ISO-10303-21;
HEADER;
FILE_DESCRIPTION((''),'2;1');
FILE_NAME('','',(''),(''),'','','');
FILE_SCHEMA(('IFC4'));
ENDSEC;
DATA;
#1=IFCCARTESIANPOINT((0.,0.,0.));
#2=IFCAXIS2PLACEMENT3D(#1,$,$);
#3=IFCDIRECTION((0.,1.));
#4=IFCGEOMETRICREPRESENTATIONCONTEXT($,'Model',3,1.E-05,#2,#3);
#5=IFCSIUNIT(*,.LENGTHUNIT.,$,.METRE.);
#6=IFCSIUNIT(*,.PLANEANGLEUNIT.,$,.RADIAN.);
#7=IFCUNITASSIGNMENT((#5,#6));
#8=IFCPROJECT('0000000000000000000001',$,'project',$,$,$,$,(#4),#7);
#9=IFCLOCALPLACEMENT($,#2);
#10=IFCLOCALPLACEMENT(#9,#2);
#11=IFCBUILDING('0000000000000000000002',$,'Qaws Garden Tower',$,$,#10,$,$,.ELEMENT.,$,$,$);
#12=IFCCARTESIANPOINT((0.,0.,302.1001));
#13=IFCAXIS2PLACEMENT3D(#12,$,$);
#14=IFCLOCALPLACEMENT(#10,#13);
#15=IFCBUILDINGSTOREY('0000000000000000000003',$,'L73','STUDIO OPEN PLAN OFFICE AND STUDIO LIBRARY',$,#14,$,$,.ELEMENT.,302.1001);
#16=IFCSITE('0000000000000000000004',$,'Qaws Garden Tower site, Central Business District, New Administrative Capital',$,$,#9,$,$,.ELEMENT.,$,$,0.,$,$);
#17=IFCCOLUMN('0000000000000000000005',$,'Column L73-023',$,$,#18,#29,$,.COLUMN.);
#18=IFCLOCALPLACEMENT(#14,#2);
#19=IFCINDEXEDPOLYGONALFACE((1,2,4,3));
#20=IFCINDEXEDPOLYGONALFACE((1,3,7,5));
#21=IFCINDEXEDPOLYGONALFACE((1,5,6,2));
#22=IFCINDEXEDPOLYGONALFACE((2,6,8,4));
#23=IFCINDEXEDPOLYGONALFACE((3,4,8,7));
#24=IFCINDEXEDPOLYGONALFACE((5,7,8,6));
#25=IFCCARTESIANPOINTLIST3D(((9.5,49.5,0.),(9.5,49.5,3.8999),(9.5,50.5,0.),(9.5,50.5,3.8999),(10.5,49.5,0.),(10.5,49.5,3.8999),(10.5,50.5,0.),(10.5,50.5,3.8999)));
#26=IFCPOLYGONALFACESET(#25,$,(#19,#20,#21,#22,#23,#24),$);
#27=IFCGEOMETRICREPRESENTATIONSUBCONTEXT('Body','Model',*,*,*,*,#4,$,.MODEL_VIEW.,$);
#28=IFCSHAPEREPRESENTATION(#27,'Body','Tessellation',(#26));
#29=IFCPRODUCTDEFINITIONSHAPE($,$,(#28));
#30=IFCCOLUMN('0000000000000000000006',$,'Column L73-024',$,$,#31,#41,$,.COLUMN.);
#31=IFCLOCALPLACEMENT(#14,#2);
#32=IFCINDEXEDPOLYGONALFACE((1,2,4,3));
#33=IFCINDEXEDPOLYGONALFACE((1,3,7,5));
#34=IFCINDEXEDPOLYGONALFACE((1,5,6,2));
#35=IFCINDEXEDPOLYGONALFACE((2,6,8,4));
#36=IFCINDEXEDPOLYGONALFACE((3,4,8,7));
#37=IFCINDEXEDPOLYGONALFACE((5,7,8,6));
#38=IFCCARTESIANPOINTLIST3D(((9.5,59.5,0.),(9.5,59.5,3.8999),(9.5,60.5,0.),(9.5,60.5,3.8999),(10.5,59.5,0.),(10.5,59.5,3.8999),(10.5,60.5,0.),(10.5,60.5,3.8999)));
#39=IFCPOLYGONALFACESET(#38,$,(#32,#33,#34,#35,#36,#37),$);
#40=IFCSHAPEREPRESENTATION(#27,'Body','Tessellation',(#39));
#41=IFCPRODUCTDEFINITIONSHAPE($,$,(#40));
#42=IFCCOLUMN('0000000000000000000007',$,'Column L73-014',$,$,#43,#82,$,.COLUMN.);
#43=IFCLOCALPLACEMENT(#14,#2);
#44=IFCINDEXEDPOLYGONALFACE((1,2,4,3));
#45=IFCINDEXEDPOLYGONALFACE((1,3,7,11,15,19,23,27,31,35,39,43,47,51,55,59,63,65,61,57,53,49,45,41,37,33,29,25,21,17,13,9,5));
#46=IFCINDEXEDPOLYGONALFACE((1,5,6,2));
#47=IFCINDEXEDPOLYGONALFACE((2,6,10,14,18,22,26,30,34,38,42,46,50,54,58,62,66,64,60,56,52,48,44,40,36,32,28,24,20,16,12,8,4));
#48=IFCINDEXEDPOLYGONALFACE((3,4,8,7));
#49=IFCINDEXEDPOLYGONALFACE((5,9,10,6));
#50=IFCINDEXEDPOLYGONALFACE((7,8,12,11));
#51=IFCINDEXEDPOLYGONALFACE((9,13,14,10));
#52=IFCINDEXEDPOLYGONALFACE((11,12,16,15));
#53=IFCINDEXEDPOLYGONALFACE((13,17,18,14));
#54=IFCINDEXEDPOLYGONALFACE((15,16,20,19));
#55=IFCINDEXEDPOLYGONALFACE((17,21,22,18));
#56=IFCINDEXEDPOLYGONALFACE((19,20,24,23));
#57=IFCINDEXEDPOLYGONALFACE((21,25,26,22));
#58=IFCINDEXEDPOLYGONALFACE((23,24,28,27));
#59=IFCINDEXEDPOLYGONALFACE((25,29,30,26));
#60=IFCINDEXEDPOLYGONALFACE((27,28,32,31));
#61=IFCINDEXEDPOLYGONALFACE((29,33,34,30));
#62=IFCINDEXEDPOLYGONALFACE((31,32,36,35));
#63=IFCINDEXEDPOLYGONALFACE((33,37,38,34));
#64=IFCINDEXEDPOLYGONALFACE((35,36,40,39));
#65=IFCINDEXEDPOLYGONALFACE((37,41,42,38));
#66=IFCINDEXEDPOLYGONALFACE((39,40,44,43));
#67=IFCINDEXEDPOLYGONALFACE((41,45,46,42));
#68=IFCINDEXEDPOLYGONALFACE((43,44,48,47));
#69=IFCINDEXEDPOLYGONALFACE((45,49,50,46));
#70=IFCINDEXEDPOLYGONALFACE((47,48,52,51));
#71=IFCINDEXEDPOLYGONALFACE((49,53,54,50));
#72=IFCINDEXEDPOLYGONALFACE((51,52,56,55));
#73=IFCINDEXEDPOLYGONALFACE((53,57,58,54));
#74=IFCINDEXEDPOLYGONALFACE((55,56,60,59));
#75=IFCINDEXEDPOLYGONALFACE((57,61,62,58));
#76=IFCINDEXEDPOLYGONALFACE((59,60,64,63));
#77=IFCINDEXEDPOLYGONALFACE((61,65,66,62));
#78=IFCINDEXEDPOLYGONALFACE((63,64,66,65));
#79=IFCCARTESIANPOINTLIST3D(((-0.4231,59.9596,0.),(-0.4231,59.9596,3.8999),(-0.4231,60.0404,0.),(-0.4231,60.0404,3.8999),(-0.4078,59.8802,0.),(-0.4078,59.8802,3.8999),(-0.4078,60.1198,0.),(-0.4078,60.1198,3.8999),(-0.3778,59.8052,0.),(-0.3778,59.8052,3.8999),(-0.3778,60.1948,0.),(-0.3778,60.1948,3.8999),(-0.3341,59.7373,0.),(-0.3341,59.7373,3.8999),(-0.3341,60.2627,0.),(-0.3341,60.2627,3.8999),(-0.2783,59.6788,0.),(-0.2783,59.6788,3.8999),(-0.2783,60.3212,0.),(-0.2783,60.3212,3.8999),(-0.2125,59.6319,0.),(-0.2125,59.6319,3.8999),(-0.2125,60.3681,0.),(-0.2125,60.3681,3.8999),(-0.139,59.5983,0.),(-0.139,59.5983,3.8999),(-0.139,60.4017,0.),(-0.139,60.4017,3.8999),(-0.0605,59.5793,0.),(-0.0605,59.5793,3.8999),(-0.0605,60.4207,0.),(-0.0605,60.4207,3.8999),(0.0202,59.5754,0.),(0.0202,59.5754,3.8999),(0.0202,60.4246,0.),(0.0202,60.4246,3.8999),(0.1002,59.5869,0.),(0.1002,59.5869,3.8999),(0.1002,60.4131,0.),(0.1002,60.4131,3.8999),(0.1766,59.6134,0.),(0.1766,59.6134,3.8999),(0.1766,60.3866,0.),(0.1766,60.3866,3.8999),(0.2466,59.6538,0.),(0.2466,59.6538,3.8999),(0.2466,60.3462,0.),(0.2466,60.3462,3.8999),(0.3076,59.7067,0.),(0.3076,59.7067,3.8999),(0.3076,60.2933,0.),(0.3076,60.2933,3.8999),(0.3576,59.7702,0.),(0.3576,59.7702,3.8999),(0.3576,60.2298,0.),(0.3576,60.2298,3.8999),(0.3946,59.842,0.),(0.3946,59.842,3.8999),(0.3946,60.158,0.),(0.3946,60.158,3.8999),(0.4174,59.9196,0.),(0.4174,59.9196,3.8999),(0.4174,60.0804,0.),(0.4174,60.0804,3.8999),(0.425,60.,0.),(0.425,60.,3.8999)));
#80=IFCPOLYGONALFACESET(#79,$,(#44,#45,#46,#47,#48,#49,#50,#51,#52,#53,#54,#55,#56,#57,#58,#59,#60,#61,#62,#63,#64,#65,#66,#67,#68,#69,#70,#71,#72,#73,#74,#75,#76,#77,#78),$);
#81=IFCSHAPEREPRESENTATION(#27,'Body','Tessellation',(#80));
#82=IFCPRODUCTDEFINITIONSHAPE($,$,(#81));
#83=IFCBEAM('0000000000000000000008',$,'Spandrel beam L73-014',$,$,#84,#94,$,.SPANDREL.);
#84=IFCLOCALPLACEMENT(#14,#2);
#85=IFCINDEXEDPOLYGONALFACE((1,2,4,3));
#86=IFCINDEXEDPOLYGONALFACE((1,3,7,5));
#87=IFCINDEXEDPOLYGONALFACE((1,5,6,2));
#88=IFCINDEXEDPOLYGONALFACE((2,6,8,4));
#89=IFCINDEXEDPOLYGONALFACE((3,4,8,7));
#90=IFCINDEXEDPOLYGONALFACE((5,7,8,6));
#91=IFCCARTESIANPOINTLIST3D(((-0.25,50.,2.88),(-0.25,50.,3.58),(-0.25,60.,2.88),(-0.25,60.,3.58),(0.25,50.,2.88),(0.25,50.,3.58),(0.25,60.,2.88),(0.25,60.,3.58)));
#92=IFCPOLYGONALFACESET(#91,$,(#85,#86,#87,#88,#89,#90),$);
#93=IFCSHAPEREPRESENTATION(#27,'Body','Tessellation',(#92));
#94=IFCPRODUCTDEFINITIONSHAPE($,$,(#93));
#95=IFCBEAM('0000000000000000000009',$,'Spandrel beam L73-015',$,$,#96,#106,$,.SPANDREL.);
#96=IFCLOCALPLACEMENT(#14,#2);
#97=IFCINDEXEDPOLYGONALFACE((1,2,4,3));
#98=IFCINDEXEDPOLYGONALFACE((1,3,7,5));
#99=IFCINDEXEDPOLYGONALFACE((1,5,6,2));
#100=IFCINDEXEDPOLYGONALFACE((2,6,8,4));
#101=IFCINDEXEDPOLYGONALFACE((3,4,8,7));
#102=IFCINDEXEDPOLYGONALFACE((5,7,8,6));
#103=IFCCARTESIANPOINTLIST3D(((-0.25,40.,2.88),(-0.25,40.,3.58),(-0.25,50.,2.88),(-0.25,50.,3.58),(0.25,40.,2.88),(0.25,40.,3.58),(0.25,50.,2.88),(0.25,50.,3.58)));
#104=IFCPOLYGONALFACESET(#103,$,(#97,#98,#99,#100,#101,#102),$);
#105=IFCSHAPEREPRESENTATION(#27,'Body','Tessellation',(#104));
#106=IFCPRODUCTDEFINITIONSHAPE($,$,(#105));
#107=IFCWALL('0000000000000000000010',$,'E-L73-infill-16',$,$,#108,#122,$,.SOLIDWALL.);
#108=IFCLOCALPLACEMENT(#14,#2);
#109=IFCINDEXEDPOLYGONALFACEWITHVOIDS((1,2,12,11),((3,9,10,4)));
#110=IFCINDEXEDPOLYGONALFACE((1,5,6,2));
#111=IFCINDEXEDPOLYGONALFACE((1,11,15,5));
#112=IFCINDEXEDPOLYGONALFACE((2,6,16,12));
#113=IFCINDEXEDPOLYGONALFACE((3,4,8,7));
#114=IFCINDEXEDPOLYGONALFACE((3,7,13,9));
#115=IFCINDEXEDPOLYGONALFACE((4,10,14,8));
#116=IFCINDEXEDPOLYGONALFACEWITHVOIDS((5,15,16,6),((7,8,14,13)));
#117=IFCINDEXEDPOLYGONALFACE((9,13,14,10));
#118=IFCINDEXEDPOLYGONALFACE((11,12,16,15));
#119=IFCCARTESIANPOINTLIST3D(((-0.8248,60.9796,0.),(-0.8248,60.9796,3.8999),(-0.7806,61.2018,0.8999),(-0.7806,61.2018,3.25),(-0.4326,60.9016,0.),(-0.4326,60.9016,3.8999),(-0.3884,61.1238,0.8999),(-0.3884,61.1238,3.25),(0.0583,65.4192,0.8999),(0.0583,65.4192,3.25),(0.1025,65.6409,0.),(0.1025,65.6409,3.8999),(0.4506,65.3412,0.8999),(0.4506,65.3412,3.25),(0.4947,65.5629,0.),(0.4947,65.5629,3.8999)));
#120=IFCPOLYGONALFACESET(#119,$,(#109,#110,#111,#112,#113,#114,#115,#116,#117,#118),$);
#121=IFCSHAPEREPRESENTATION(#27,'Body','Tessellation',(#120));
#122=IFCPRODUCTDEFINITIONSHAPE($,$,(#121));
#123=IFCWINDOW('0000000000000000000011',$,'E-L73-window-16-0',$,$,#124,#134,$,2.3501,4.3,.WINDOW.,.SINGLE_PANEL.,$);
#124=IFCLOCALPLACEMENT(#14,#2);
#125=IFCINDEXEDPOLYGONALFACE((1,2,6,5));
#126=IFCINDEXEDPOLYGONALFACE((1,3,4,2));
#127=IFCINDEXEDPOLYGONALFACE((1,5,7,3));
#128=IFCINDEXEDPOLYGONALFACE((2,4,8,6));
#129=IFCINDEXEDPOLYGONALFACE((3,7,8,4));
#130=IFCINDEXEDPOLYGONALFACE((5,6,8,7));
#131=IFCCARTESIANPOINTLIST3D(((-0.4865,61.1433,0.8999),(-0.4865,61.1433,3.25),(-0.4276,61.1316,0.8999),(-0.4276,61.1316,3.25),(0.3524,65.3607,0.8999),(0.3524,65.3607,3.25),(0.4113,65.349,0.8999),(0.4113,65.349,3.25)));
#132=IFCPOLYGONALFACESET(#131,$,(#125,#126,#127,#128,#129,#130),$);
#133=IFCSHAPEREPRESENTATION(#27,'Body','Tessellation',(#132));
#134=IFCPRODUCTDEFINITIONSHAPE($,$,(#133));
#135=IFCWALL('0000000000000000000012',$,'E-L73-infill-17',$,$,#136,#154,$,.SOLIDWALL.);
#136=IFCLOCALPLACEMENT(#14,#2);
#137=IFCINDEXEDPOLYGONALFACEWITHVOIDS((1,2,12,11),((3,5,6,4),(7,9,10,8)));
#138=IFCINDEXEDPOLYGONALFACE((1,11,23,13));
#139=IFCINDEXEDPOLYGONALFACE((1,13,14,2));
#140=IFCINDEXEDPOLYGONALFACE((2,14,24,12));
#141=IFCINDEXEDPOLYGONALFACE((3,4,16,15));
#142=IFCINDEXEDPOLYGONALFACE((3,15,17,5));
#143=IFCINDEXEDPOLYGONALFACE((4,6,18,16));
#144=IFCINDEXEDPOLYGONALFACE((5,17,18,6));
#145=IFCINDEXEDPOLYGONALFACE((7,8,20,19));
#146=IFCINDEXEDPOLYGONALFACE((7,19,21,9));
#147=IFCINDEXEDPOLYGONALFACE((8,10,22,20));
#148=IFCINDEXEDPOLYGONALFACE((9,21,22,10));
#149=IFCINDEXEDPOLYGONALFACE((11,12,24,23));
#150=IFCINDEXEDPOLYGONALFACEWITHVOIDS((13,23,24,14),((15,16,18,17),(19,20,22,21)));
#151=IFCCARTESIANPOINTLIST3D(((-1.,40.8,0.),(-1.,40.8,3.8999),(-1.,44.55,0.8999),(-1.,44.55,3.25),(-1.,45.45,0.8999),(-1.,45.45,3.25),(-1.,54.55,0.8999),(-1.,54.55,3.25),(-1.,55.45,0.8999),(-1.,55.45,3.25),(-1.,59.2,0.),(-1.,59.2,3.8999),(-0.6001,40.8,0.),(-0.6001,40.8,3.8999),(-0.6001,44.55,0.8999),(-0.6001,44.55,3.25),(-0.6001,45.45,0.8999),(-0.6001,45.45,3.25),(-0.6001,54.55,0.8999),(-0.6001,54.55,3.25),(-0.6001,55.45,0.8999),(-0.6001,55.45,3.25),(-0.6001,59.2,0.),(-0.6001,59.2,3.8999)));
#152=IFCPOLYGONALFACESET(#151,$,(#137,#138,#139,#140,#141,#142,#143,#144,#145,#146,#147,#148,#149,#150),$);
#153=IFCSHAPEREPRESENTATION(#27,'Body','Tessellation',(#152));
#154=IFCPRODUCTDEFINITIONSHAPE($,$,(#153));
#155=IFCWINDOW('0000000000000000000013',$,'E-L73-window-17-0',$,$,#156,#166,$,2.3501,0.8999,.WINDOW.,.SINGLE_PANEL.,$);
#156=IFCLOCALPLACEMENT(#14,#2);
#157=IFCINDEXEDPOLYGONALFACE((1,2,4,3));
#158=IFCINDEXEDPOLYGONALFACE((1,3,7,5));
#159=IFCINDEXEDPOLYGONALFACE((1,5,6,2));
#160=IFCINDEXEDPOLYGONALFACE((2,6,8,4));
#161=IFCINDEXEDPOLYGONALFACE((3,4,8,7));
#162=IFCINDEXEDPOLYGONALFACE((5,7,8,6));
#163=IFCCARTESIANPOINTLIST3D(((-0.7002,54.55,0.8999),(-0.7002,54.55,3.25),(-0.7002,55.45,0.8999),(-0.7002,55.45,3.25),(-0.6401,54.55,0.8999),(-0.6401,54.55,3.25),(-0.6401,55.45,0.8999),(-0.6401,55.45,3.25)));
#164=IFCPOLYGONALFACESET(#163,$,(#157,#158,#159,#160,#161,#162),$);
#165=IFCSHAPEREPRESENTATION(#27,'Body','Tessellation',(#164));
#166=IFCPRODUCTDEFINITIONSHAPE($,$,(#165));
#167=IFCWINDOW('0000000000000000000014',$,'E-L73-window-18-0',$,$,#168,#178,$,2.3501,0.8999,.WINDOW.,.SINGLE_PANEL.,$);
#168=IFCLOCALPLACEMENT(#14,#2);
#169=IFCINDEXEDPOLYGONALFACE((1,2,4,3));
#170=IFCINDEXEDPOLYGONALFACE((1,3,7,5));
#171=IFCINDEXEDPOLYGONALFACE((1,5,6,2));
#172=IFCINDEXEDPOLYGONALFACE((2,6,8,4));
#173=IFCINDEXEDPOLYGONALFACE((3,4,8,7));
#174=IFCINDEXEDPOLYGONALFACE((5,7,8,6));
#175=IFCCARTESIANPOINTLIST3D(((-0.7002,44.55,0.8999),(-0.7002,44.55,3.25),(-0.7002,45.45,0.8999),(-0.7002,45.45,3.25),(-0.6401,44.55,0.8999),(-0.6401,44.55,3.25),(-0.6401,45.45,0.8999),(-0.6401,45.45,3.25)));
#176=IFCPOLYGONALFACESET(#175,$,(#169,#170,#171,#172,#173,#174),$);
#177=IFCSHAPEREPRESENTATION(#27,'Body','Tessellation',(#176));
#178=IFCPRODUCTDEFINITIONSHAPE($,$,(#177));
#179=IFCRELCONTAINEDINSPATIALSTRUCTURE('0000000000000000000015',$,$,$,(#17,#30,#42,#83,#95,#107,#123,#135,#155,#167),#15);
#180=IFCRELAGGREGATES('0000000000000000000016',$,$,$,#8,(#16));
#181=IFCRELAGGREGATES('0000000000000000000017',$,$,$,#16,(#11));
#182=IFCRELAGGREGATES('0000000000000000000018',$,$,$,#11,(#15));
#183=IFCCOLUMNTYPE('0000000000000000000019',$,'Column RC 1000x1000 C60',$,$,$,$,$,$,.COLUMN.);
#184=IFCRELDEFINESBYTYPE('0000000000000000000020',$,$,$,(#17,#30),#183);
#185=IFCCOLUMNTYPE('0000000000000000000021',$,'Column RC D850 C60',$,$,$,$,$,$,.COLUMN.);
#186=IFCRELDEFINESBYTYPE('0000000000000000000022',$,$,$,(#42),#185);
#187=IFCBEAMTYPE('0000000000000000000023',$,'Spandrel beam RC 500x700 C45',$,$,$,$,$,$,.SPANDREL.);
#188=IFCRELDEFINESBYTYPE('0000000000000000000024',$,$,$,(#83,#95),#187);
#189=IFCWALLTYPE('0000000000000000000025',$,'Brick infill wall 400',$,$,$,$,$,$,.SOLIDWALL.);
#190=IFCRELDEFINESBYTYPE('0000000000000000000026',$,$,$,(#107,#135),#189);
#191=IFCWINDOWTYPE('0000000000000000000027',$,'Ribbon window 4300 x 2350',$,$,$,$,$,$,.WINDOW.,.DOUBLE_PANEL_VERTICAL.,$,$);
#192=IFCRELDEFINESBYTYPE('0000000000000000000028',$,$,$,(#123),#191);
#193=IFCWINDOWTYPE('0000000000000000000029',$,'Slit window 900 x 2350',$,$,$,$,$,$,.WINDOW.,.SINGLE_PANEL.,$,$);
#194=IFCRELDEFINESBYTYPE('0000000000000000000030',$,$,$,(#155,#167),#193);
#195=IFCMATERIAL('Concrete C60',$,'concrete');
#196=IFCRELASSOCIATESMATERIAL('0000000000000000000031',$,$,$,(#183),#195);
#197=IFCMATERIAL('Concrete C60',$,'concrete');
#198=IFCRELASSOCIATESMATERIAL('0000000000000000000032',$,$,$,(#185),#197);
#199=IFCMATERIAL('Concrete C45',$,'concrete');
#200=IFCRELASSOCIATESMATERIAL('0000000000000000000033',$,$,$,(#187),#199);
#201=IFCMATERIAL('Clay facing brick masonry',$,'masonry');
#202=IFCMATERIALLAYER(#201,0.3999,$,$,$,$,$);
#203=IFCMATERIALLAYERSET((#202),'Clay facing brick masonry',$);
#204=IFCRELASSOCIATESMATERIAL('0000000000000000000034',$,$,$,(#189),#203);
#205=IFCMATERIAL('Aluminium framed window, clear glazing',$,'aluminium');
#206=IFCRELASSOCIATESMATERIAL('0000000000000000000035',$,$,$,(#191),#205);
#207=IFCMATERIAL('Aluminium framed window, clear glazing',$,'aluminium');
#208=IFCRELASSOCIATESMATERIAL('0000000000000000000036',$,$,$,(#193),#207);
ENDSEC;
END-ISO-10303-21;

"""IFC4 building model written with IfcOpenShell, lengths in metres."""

from ifc_helpers import new_model, si_unit, direction, frame, frame_2d, origin, origin_2d, place, context, subcontext, project, spatial, rectangle, circle, extrude, material, layer, layer_set, material_profile, profile_set, type_object, element, fill, save


model = new_model("IFC4")

# Units and contexts
model_context = context("Model", 3, precision=1e-05, world=origin(), true_north=direction((0.0, 1.0)))
body_context = subcontext(model_context, "Body", "Model", "MODEL_VIEW")
ifc_project = project(units=[si_unit("LENGTHUNIT", "METRE"), si_unit("PLANEANGLEUNIT", "RADIAN")], contexts=[model_context])

# Site, building, storey
site_placement = place(None, origin())
site = spatial("IfcSite", under=ifc_project, at=site_placement, Name="Qaws Garden Tower site, Central Business District, New Administrative Capital", CompositionType="ELEMENT", RefElevation=0.0)
building_placement = place(site_placement, origin())
building = spatial("IfcBuilding", under=site, at=building_placement, Name="Qaws Garden Tower", CompositionType="ELEMENT")
storey_placement = place(building_placement, frame((0.0, 0.0, 302.1001)))
storey = spatial("IfcBuildingStorey", under=building, at=storey_placement, Name="L73", Description="STUDIO OPEN PLAN OFFICE AND STUDIO LIBRARY", CompositionType="ELEMENT", Elevation=302.1001)

# Columns
ifc_material_1 = material(Name="Concrete C60", Category="concrete")
ifc_material_profile_1 = material_profile(ifc_material_1, rectangle(XDim=1.0, YDim=1.0, at=origin_2d()), Name="RC 1000x1000")
ifc_profile_set_1 = profile_set([ifc_material_profile_1], Name="Concrete C60")
column_type_1 = type_object("IfcColumnType", Name="Column RC 1000x1000 C60", PredefinedType="COLUMN", material=ifc_profile_set_1)
for number, where, z_axis, x_axis, name in (
    (1, (10.0, 50.0, 0.0), (0.0, 0.0, 1.0), (1.0, 0.0, 0.0), "Column L73-023"),
    (2, (10.0, 60.0, 0.0), (0.0, 0.0, 1.0), (1.0, 0.0, 0.0), "Column L73-024"),
):
    element("IfcColumn", number, at=place(storey_placement, frame(where, z_axis=z_axis, x_axis=x_axis)), inside=storey, type_object=column_type_1, Name=name, PredefinedType="COLUMN", context=body_context, shape_type="SweptSolid", body=[
        extrude(rectangle(XDim=1.0, YDim=1.0, at=origin_2d()), origin(), (0.0, 0.0, 1.0), 3.8999),
    ])
ifc_material_2 = material(Name="Concrete C60", Category="concrete")
ifc_material_profile_2 = material_profile(ifc_material_2, circle(Radius=0.425, at=origin_2d()), Name="RC D850")
ifc_profile_set_2 = profile_set([ifc_material_profile_2], Name="Concrete C60")
column_type_2 = type_object("IfcColumnType", Name="Column RC D850 C60", PredefinedType="COLUMN", material=ifc_profile_set_2)
column_placement = place(storey_placement, frame((0.0, 60.0, 0.0), z_axis=(0.0, 0.0, 1.0), x_axis=(1.0, 0.0, 0.0)))
element("IfcColumn", 3, at=column_placement, inside=storey, type_object=column_type_2, Name="Column L73-014", PredefinedType="COLUMN", context=body_context, shape_type="SweptSolid", body=[
    extrude(circle(Radius=0.425, at=origin_2d()), origin(), (0.0, 0.0, 1.0), 3.8999),
])

# Beams
ifc_material_3 = material(Name="Concrete C45", Category="concrete")
ifc_material_profile_3 = material_profile(ifc_material_3, rectangle(XDim=0.5, YDim=0.7, at=origin_2d()), Name="RC 500x700")
ifc_profile_set_3 = profile_set([ifc_material_profile_3], Name="Concrete C45")
beam_type = type_object("IfcBeamType", Name="Spandrel beam RC 500x700 C45", PredefinedType="SPANDREL", material=ifc_profile_set_3)
for number, where, z_axis, x_axis, name in (
    (4, (0.0, 60.0, 3.23), (0.0, -1.0, 0.0), (1.0, 0.0, 0.0), "Spandrel beam L73-014"),
    (5, (0.0, 50.0, 3.23), (0.0, -1.0, 0.0), (1.0, 0.0, 0.0), "Spandrel beam L73-015"),
):
    element("IfcBeam", number, at=place(storey_placement, frame(where, z_axis=z_axis, x_axis=x_axis)), inside=storey, type_object=beam_type, Name=name, PredefinedType="SPANDREL", context=body_context, shape_type="SweptSolid", body=[
        extrude(rectangle(XDim=0.5, YDim=0.7, at=origin_2d()), origin(), (0.0, 0.0, 1.0), 10.0),
    ])

# Wall, opening, window
ifc_material_4 = material(Name="Clay facing brick masonry", Category="masonry")
ifc_layer_1 = layer(ifc_material_4, 0.3999)
ifc_layer_set_1 = layer_set([ifc_layer_1], Name="Clay facing brick masonry")
wall_type_1 = type_object("IfcWallType", Name="Brick infill wall 400", PredefinedType="SOLIDWALL", material=ifc_layer_set_1)
wall_1_placement = place(storey_placement, frame((0.2986, 65.6021, 0.0), z_axis=(0.0, 0.0, 1.0), x_axis=(-0.195099, -0.980784, 0.0)))
wall_1 = element("IfcWall", 6, at=wall_1_placement, inside=storey, type_object=wall_type_1, Name="E-L73-infill-16", PredefinedType="SOLIDWALL", context=body_context, shape_type="SweptSolid", body=[
    extrude(rectangle(XDim=4.7527, YDim=0.3999, at=frame_2d((2.3765, 0.0))), origin(), (0.0, 0.0, 1.0), 3.8999),
])
opening_1_placement = place(wall_1_placement, frame((0.2263, 0.0, 0.8999)))
opening_1 = element("IfcOpeningElement", 7, at=opening_1_placement, cuts=wall_1, PredefinedType="OPENING", context=body_context, shape_type="SweptSolid", body=[
    extrude(rectangle(XDim=4.3, YDim=2.3501, at=frame_2d((2.1499, 1.175))), frame((0.0, 0.21, 0.0), z_axis=(0.0, -1.0, 0.0), x_axis=(1.0, 0.0, 0.0)), (0.0, 0.0, 1.0), 0.4199),
])
ifc_material_5 = material(Name="Aluminium framed window, clear glazing", Category="aluminium")
window_type_1 = type_object("IfcWindowType", Name="Ribbon window 4300 x 2350", PartitioningType="DOUBLE_PANEL_VERTICAL", PredefinedType="WINDOW", material=ifc_material_5)
window_1_placement = place(opening_1_placement, origin())
window_1 = element("IfcWindow", 8, at=window_1_placement, inside=storey, type_object=window_type_1, Name="E-L73-window-16-0", OverallHeight=2.3501, OverallWidth=4.3, PartitioningType="SINGLE_PANEL", PredefinedType="WINDOW", context=body_context, shape_type="SweptSolid", body=[
    extrude(rectangle(XDim=4.3, YDim=2.3501, at=frame_2d((2.1499, 1.175))), frame((0.0, 0.1599, 0.0), z_axis=(0.0, -1.0, 0.0), x_axis=(1.0, 0.0, 0.0)), (0.0, 0.0, 1.0), 0.0601),
])
fill(opening_1, window_1)

# Wall, openings, windows
wall_2_placement = place(storey_placement, frame((-0.8, 59.2, 0.0), z_axis=(0.0, 0.0, 1.0), x_axis=(0.0, -1.0, 0.0)))
wall_2 = element("IfcWall", 9, at=wall_2_placement, inside=storey, type_object=wall_type_1, Name="E-L73-infill-17", PredefinedType="SOLIDWALL", context=body_context, shape_type="SweptSolid", body=[
    extrude(rectangle(XDim=18.3999, YDim=0.3999, at=frame_2d((9.2, 0.0))), origin(), (0.0, 0.0, 1.0), 3.8999),
])
opening_2_placement = place(wall_2_placement, frame((3.75, 0.0, 0.8999)))
opening_2 = element("IfcOpeningElement", 10, at=opening_2_placement, cuts=wall_2, PredefinedType="OPENING", context=body_context, shape_type="SweptSolid", body=[
    extrude(rectangle(XDim=0.8999, YDim=2.3501, at=frame_2d((0.45, 1.175))), frame((0.0, 0.21, 0.0), z_axis=(0.0, -1.0, 0.0), x_axis=(1.0, 0.0, 0.0)), (0.0, 0.0, 1.0), 0.4199),
])
opening_3_placement = place(wall_2_placement, frame((13.75, 0.0, 0.8999)))
opening_3 = element("IfcOpeningElement", 11, at=opening_3_placement, cuts=wall_2, PredefinedType="OPENING", context=body_context, shape_type="SweptSolid", body=[
    extrude(rectangle(XDim=0.8999, YDim=2.3501, at=frame_2d((0.45, 1.175))), frame((0.0, 0.21, 0.0), z_axis=(0.0, -1.0, 0.0), x_axis=(1.0, 0.0, 0.0)), (0.0, 0.0, 1.0), 0.4199),
])
ifc_material_6 = material(Name="Aluminium framed window, clear glazing", Category="aluminium")
window_type_2 = type_object("IfcWindowType", Name="Slit window 900 x 2350", PartitioningType="SINGLE_PANEL", PredefinedType="WINDOW", material=ifc_material_6)
window_2_placement = place(opening_2_placement, origin())
window_2 = element("IfcWindow", 12, at=window_2_placement, inside=storey, type_object=window_type_2, Name="E-L73-window-17-0", OverallHeight=2.3501, OverallWidth=0.8999, PartitioningType="SINGLE_PANEL", PredefinedType="WINDOW", context=body_context, shape_type="SweptSolid", body=[
    extrude(rectangle(XDim=0.8999, YDim=2.3501, at=frame_2d((0.45, 1.175))), frame((0.0, 0.1599, 0.0), z_axis=(0.0, -1.0, 0.0), x_axis=(1.0, 0.0, 0.0)), (0.0, 0.0, 1.0), 0.0601),
])
fill(opening_2, window_2)
window_3_placement = place(opening_3_placement, origin())
window_3 = element("IfcWindow", 13, at=window_3_placement, inside=storey, type_object=window_type_2, Name="E-L73-window-18-0", OverallHeight=2.3501, OverallWidth=0.8999, PartitioningType="SINGLE_PANEL", PredefinedType="WINDOW", context=body_context, shape_type="SweptSolid", body=[
    extrude(rectangle(XDim=0.8999, YDim=2.3501, at=frame_2d((0.45, 1.175))), frame((0.0, 0.1599, 0.0), z_axis=(0.0, -1.0, 0.0), x_axis=(1.0, 0.0, 0.0)), (0.0, 0.0, 1.0), 0.0601),
])
fill(opening_3, window_3)

save(model, "model.ifc")
